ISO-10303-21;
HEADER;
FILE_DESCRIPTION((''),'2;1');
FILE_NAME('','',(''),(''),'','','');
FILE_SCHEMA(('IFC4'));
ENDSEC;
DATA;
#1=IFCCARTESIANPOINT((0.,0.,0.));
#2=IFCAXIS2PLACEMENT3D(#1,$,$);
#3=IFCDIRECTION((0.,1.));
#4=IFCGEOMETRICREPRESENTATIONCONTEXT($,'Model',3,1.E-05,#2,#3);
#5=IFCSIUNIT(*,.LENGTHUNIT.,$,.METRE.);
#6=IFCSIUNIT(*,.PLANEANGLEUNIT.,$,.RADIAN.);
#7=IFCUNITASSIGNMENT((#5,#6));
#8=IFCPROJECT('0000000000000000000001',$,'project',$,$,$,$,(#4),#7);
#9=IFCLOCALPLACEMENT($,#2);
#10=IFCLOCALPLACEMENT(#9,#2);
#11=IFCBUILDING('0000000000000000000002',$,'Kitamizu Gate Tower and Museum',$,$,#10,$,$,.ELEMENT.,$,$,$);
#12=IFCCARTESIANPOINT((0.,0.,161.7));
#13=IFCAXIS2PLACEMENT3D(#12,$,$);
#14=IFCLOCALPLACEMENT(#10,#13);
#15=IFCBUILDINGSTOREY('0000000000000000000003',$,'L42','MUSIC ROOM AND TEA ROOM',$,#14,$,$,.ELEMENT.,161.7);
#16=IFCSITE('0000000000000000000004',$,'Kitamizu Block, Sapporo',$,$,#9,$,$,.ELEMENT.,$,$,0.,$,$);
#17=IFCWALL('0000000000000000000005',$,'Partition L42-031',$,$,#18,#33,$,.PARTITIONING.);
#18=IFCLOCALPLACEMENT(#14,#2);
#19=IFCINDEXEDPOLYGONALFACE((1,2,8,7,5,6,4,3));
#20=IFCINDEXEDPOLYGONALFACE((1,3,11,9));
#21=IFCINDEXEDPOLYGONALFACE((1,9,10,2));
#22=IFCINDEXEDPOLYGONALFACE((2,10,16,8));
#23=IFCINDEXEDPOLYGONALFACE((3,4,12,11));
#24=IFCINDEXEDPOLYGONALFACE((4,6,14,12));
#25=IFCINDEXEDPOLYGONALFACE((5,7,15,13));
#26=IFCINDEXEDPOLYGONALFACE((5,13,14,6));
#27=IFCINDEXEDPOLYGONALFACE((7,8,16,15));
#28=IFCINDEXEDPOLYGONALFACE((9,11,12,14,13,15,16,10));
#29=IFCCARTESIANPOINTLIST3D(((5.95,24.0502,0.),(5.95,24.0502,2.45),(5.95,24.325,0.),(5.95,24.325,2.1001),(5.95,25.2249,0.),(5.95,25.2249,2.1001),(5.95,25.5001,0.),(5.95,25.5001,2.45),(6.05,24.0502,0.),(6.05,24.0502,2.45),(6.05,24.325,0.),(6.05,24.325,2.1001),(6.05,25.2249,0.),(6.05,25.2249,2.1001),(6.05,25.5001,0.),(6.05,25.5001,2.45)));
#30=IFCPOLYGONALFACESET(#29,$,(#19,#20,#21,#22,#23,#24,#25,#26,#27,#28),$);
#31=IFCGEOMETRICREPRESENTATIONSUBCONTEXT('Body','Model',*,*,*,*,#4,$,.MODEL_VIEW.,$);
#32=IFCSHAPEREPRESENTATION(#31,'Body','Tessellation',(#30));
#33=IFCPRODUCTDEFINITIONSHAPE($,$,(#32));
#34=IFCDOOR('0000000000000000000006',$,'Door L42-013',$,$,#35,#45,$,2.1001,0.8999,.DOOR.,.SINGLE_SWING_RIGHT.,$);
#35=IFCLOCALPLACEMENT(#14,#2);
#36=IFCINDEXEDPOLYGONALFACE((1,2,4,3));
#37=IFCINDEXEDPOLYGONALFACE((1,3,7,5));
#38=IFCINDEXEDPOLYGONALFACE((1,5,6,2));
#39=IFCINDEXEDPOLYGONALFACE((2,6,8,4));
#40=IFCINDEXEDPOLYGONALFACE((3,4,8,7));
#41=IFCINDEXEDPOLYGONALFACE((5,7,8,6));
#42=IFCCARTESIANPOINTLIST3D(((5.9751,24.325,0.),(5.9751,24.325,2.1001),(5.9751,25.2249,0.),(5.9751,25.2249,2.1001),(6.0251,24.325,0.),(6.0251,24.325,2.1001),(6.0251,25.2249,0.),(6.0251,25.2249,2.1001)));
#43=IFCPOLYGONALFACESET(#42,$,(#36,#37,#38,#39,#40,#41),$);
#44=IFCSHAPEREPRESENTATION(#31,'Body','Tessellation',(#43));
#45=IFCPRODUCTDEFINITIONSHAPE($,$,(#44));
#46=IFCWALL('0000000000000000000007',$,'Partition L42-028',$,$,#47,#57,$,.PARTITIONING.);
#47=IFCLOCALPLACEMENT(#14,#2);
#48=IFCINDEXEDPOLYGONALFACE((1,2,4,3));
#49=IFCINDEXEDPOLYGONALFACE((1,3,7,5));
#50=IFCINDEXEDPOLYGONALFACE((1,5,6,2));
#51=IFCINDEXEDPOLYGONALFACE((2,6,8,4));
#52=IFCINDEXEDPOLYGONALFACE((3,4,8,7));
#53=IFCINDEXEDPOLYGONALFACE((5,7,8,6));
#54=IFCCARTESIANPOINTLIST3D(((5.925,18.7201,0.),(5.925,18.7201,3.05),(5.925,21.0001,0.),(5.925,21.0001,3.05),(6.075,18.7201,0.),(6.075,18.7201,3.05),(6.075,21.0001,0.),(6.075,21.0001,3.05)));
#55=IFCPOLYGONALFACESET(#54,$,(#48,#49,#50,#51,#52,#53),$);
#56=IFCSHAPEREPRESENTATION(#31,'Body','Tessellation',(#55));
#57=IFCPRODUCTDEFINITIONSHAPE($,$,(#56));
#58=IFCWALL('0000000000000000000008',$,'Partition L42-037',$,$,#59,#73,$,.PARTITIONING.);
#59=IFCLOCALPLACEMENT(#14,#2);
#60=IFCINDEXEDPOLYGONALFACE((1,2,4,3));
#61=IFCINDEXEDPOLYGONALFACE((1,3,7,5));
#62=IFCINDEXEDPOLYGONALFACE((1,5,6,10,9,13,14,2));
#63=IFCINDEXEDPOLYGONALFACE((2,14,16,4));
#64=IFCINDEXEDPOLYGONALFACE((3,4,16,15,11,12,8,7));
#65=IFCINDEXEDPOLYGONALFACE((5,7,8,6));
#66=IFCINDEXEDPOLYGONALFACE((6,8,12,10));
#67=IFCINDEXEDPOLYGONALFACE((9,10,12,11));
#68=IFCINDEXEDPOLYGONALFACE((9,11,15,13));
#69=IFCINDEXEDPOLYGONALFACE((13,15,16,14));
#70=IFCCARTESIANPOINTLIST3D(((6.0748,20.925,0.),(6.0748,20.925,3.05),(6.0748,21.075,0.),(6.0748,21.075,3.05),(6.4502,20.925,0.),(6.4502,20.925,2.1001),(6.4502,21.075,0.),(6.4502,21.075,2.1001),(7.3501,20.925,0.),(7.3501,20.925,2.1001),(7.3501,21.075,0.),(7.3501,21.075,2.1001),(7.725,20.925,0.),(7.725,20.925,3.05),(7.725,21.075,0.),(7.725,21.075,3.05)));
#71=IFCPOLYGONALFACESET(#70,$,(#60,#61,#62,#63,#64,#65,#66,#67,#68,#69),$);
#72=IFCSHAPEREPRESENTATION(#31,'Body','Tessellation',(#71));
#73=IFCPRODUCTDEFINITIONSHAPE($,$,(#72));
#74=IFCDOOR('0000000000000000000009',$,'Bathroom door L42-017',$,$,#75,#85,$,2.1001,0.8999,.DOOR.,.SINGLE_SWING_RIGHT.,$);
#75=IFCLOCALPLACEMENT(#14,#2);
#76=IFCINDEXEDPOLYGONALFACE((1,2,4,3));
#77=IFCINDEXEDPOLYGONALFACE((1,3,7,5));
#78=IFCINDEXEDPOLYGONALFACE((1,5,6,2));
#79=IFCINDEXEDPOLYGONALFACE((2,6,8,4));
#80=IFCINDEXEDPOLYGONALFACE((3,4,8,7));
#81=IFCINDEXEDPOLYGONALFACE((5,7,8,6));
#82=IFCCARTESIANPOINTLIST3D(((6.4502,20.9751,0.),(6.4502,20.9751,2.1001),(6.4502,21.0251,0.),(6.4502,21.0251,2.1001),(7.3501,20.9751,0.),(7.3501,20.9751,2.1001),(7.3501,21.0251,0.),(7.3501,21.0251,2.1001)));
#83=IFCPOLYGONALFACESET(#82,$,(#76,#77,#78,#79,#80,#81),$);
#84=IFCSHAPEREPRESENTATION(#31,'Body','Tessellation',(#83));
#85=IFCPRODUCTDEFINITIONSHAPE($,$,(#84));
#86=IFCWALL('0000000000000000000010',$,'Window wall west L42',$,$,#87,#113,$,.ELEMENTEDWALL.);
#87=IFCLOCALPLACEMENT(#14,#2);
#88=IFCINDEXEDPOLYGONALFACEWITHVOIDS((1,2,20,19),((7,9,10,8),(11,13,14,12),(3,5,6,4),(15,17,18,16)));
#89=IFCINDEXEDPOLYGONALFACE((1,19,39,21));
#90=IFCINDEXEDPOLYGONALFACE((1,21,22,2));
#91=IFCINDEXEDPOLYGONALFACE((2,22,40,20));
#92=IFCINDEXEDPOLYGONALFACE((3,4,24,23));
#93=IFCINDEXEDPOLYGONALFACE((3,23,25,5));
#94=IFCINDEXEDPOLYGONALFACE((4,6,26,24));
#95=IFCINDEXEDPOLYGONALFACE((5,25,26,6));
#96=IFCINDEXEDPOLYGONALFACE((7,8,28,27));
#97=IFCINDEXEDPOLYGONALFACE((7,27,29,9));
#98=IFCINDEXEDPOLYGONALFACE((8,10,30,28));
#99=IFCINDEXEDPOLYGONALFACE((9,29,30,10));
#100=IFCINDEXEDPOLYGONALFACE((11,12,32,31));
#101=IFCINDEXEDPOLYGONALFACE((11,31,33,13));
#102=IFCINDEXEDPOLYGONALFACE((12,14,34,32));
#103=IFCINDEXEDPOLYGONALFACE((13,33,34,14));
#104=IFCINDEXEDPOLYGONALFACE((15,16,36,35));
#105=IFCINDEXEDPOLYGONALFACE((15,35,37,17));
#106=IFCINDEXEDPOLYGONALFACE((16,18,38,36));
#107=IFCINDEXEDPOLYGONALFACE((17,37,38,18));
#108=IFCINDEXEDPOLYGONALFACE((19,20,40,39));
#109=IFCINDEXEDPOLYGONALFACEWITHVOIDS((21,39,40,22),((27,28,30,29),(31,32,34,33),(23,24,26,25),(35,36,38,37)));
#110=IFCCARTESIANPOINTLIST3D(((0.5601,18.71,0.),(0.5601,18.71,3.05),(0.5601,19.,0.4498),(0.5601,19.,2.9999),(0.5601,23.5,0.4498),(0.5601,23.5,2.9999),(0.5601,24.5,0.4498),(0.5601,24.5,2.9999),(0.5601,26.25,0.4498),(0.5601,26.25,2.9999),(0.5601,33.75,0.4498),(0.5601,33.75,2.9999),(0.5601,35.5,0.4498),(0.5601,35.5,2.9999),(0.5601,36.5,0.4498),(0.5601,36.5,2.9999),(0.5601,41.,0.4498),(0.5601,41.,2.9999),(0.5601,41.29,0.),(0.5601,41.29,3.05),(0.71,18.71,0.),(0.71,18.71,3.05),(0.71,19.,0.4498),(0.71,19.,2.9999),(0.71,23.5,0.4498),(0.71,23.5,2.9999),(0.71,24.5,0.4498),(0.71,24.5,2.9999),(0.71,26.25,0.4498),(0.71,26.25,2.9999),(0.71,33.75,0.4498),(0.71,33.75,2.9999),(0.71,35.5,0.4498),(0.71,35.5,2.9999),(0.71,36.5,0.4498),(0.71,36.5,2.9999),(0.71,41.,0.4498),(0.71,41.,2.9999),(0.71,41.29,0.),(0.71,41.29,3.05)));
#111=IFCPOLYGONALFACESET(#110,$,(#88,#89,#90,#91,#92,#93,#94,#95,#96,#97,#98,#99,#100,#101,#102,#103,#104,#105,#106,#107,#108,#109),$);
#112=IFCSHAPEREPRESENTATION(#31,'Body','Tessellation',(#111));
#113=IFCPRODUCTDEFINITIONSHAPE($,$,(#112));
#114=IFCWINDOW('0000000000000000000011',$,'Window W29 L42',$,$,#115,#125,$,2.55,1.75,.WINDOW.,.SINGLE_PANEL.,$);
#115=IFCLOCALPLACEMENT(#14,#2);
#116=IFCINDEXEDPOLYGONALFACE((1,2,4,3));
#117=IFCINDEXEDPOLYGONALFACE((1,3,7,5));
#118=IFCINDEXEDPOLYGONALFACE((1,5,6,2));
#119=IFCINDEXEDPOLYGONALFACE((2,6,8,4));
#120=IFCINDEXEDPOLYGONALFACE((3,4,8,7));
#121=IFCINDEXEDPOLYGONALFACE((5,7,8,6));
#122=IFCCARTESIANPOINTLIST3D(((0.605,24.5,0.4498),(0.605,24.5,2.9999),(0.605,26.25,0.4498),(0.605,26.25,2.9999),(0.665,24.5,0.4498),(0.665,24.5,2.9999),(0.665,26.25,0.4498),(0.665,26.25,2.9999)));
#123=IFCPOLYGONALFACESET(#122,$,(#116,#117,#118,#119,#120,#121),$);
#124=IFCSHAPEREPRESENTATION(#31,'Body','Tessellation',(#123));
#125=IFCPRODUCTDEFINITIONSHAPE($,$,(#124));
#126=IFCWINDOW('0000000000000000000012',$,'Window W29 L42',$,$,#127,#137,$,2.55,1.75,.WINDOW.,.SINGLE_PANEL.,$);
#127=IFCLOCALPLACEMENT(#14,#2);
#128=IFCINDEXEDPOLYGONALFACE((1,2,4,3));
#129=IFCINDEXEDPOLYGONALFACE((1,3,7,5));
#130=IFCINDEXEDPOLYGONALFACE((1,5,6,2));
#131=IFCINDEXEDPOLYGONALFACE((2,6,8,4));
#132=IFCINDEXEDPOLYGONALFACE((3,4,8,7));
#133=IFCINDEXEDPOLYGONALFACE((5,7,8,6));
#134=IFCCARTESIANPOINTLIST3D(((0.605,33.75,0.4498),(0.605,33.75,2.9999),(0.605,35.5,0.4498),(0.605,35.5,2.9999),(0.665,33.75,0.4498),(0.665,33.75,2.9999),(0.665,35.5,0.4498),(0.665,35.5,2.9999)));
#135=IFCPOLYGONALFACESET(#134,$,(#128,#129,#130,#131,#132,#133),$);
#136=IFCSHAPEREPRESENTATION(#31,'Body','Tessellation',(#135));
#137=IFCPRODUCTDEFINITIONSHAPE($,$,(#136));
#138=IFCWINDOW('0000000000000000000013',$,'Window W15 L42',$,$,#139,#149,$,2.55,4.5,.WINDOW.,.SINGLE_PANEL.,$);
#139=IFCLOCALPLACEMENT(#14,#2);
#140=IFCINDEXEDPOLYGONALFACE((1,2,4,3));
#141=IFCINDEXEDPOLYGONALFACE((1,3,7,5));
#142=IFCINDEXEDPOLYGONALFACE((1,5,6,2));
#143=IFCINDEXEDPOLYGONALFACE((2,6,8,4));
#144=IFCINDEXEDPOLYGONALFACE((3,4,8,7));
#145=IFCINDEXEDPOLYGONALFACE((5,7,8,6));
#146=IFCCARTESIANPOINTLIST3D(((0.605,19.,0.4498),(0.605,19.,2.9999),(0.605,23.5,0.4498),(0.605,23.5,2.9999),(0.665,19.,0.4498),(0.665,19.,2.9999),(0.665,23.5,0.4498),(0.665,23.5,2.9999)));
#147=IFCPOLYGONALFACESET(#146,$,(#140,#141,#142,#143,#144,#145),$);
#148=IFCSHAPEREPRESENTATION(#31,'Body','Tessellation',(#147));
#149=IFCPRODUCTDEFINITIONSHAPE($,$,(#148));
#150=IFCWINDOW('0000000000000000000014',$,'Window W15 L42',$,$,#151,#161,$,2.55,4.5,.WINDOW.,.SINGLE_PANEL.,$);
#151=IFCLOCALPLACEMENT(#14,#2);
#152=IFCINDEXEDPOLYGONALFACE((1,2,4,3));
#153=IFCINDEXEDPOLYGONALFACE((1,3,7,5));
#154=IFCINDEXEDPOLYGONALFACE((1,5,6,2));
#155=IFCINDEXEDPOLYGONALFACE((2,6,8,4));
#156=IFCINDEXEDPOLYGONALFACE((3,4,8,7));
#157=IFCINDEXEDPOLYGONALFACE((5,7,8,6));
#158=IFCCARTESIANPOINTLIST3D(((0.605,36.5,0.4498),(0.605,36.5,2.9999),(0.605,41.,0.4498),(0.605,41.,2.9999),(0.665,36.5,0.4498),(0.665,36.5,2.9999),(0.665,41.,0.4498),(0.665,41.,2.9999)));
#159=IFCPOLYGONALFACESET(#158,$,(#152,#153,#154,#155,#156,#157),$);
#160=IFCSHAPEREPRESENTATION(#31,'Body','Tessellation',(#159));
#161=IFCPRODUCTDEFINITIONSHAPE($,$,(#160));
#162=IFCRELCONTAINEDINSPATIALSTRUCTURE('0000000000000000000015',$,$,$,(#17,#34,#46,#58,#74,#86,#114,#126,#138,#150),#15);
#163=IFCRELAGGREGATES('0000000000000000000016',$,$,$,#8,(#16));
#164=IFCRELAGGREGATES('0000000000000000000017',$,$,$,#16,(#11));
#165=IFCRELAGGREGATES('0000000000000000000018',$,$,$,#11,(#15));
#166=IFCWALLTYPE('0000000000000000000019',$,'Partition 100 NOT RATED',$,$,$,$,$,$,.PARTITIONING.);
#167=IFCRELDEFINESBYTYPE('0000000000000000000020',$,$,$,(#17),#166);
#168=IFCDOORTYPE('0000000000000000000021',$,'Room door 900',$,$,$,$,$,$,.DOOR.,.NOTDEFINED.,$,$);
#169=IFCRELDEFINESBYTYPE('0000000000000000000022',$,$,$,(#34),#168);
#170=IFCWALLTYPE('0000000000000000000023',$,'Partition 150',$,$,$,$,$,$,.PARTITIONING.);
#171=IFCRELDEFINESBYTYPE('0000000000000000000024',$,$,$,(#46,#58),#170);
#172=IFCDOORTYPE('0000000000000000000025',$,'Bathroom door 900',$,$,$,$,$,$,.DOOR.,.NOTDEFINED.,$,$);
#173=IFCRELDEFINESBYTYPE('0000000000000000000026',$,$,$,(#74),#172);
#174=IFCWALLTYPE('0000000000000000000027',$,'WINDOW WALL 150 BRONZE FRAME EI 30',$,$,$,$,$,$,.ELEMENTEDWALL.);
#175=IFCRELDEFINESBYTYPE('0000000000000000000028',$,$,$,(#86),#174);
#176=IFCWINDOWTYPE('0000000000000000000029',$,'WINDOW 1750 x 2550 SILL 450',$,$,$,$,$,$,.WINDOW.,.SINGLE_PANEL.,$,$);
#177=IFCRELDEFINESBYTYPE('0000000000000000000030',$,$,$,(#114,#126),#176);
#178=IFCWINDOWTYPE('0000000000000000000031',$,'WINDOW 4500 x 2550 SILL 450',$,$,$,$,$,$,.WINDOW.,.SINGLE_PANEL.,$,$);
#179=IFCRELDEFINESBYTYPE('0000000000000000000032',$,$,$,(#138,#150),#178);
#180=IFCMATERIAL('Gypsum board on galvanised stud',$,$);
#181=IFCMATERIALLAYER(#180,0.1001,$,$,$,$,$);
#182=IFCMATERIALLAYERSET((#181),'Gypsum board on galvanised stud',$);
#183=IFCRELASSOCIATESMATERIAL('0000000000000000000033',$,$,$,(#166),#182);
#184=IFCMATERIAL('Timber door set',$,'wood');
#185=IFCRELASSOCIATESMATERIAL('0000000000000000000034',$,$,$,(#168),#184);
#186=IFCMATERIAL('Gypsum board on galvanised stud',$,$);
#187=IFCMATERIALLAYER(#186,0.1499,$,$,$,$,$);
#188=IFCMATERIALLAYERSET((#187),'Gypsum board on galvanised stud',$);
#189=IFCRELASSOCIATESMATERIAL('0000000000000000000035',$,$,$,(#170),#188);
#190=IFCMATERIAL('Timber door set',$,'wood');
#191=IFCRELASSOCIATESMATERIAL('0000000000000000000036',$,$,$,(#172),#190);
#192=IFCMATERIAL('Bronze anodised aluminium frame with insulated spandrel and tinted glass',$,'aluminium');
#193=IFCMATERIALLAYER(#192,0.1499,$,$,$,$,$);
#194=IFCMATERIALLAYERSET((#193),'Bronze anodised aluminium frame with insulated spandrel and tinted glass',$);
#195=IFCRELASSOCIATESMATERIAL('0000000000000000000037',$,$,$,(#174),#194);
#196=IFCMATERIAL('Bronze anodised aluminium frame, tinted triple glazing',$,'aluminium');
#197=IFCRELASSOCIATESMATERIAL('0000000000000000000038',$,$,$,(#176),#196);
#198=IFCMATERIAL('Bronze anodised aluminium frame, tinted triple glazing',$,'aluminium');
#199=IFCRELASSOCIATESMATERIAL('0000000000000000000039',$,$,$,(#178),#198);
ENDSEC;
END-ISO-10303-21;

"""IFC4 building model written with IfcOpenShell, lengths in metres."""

from ifc_helpers import new_model, si_unit, direction, frame, frame_2d, origin, place, context, subcontext, project, spatial, rectangle, extrude, material, layer, layer_set, type_object, element, fill, save


model = new_model("IFC4")

# Units and contexts
model_context = context("Model", 3, precision=1e-05, world=origin(), true_north=direction((0.0, 1.0)))
body_context = subcontext(model_context, "Body", "Model", "MODEL_VIEW")
ifc_project = project(units=[si_unit("LENGTHUNIT", "METRE"), si_unit("PLANEANGLEUNIT", "RADIAN")], contexts=[model_context])

# Site, building, storey
site_placement = place(None, origin())
site = spatial("IfcSite", under=ifc_project, at=site_placement, Name="Kitamizu Block, Sapporo", CompositionType="ELEMENT", RefElevation=0.0)
building_placement = place(site_placement, origin())
building = spatial("IfcBuilding", under=site, at=building_placement, Name="Kitamizu Gate Tower and Museum", CompositionType="ELEMENT")
storey_placement = place(building_placement, frame((0.0, 0.0, 161.7)))
storey = spatial("IfcBuildingStorey", under=building, at=storey_placement, Name="L42", Description="MUSIC ROOM AND TEA ROOM", CompositionType="ELEMENT", Elevation=161.7)

# Shared definitions
ifc_material_1 = material(Name="Gypsum board on galvanised stud")
ifc_layer_1 = layer(ifc_material_1, 0.1001)
ifc_layer_set_1 = layer_set([ifc_layer_1], Name="Gypsum board on galvanised stud")
wall_type_1 = type_object("IfcWallType", Name="Partition 100 NOT RATED", PredefinedType="PARTITIONING", material=ifc_layer_set_1)
ifc_material_2 = material(Name="Timber door set", Category="wood")
door_type_1 = type_object("IfcDoorType", Name="Room door 900", OperationType="NOTDEFINED", PredefinedType="DOOR", material=ifc_material_2)

# Wall, opening, door
wall_1_placement = place(storey_placement, frame((6.0, 24.05, 0.0), z_axis=(0.0, 0.0, 1.0), x_axis=(0.0, 1.0, 0.0)))
wall_1 = element("IfcWall", 1, at=wall_1_placement, inside=storey, type_object=wall_type_1, Name="Partition L42-031", PredefinedType="PARTITIONING", context=body_context, shape_type="SweptSolid", body=[
    extrude(rectangle(XDim=1.45, YDim=0.1001, at=frame_2d((0.7251, 0.0))), origin(), (0.0, 0.0, 1.0), 2.45),
])
opening_1_placement = place(wall_1_placement, frame((0.2749, 0.0, 0.0)))
opening_1 = element("IfcOpeningElement", 2, at=opening_1_placement, cuts=wall_1, PredefinedType="OPENING", context=body_context, shape_type="SweptSolid", body=[
    extrude(rectangle(XDim=0.8999, YDim=2.1001, at=frame_2d((0.45, 1.05))), frame((0.0, 0.0601, 0.0), z_axis=(0.0, -1.0, 0.0), x_axis=(1.0, 0.0, 0.0)), (0.0, 0.0, 1.0), 0.1201),
])
door_1_placement = place(opening_1_placement, origin())
door_1 = element("IfcDoor", 3, at=door_1_placement, inside=storey, type_object=door_type_1, Name="Door L42-013", OperationType="SINGLE_SWING_RIGHT", OverallHeight=2.1001, OverallWidth=0.8999, PredefinedType="DOOR", context=body_context, shape_type="SweptSolid", body=[
    extrude(rectangle(XDim=0.8999, YDim=2.1001, at=frame_2d((0.45, 1.05))), frame((0.0, 0.0249, 0.0), z_axis=(0.0, -1.0, 0.0), x_axis=(1.0, 0.0, 0.0)), (0.0, 0.0, 1.0), 0.05),
])
fill(opening_1, door_1)

# Wall
ifc_material_3 = material(Name="Gypsum board on galvanised stud")
ifc_layer_2 = layer(ifc_material_3, 0.1499)
ifc_layer_set_2 = layer_set([ifc_layer_2], Name="Gypsum board on galvanised stud")
wall_type_2 = type_object("IfcWallType", Name="Partition 150", PredefinedType="PARTITIONING", material=ifc_layer_set_2)
wall_2_placement = place(storey_placement, frame((6.0, 18.72, 0.0), z_axis=(0.0, 0.0, 1.0), x_axis=(0.0, 1.0, 0.0)))
element("IfcWall", 4, at=wall_2_placement, inside=storey, type_object=wall_type_2, Name="Partition L42-028", PredefinedType="PARTITIONING", context=body_context, shape_type="SweptSolid", body=[
    extrude(rectangle(XDim=2.28, YDim=0.1499, at=frame_2d((1.1401, 0.0))), origin(), (0.0, 0.0, 1.0), 3.05),
])

# Wall, opening, door
wall_3_placement = place(storey_placement, frame((7.7251, 21.0, 0.0), z_axis=(0.0, 0.0, 1.0), x_axis=(-1.0, 0.0, 0.0)))
wall_3 = element("IfcWall", 5, at=wall_3_placement, inside=storey, type_object=wall_type_2, Name="Partition L42-037", PredefinedType="PARTITIONING", context=body_context, shape_type="SweptSolid", body=[
    extrude(rectangle(XDim=1.6501, YDim=0.1499, at=frame_2d((0.8252, 0.0))), origin(), (0.0, 0.0, 1.0), 3.05),
])
opening_2_placement = place(wall_3_placement, frame((0.375, 0.0, 0.0)))
opening_2 = element("IfcOpeningElement", 6, at=opening_2_placement, cuts=wall_3, PredefinedType="OPENING", context=body_context, shape_type="SweptSolid", body=[
    extrude(rectangle(XDim=0.8999, YDim=2.1001, at=frame_2d((0.45, 1.05))), frame((0.0, 0.085, 0.0), z_axis=(0.0, -1.0, 0.0), x_axis=(1.0, 0.0, 0.0)), (0.0, 0.0, 1.0), 0.1699),
])
ifc_material_4 = material(Name="Timber door set", Category="wood")
door_type_2 = type_object("IfcDoorType", Name="Bathroom door 900", OperationType="NOTDEFINED", PredefinedType="DOOR", material=ifc_material_4)
door_2_placement = place(opening_2_placement, origin())
door_2 = element("IfcDoor", 7, at=door_2_placement, inside=storey, type_object=door_type_2, Name="Bathroom door L42-017", OperationType="SINGLE_SWING_RIGHT", OverallHeight=2.1001, OverallWidth=0.8999, PredefinedType="DOOR", context=body_context, shape_type="SweptSolid", body=[
    extrude(rectangle(XDim=0.8999, YDim=2.1001, at=frame_2d((0.45, 1.05))), frame((0.0, 0.0249, 0.0), z_axis=(0.0, -1.0, 0.0), x_axis=(1.0, 0.0, 0.0)), (0.0, 0.0, 1.0), 0.05),
])
fill(opening_2, door_2)

# Wall, openings, windows
ifc_material_5 = material(Name="Bronze anodised aluminium frame with insulated spandrel and tinted glass", Category="aluminium")
ifc_layer_3 = layer(ifc_material_5, 0.1499)
ifc_layer_set_3 = layer_set([ifc_layer_3], Name="Bronze anodised aluminium frame with insulated spandrel and tinted glass")
wall_type_3 = type_object("IfcWallType", Name="WINDOW WALL 150 BRONZE FRAME EI 30", PredefinedType="ELEMENTEDWALL", material=ifc_layer_set_3)
wall_4_placement = place(storey_placement, frame((0.635, 18.71, 0.0), z_axis=(0.0, 0.0, 1.0), x_axis=(0.0, 1.0, 0.0)))
wall_4 = element("IfcWall", 8, at=wall_4_placement, inside=storey, type_object=wall_type_3, Name="Window wall west L42", PredefinedType="ELEMENTEDWALL", context=body_context, shape_type="SweptSolid", body=[
    extrude(rectangle(XDim=22.5801, YDim=0.1499, at=frame_2d((11.29, 0.0))), origin(), (0.0, 0.0, 1.0), 3.05),
])
opening_3_placement = place(wall_4_placement, frame((0.29, 0.0, 0.45)))
opening_3 = element("IfcOpeningElement", 9, at=opening_3_placement, cuts=wall_4, PredefinedType="OPENING", context=body_context, shape_type="SweptSolid", body=[
    extrude(rectangle(XDim=4.5, YDim=2.55, at=frame_2d((2.25, 1.2749))), frame((0.0, 0.085, 0.0), z_axis=(0.0, -1.0, 0.0), x_axis=(1.0, 0.0, 0.0)), (0.0, 0.0, 1.0), 0.1699),
])
opening_4_placement = place(wall_4_placement, frame((5.79, 0.0, 0.45)))
opening_4 = element("IfcOpeningElement", 10, at=opening_4_placement, cuts=wall_4, PredefinedType="OPENING", context=body_context, shape_type="SweptSolid", body=[
    extrude(rectangle(XDim=1.75, YDim=2.55, at=frame_2d((0.875, 1.2749))), frame((0.0, 0.085, 0.0), z_axis=(0.0, -1.0, 0.0), x_axis=(1.0, 0.0, 0.0)), (0.0, 0.0, 1.0), 0.1699),
])
opening_5_placement = place(wall_4_placement, frame((15.04, 0.0, 0.45)))
opening_5 = element("IfcOpeningElement", 11, at=opening_5_placement, cuts=wall_4, PredefinedType="OPENING", context=body_context, shape_type="SweptSolid", body=[
    extrude(rectangle(XDim=1.75, YDim=2.55, at=frame_2d((0.875, 1.2749))), frame((0.0, 0.085, 0.0), z_axis=(0.0, -1.0, 0.0), x_axis=(1.0, 0.0, 0.0)), (0.0, 0.0, 1.0), 0.1699),
])
opening_6_placement = place(wall_4_placement, frame((17.79, 0.0, 0.45)))
opening_6 = element("IfcOpeningElement", 12, at=opening_6_placement, cuts=wall_4, PredefinedType="OPENING", context=body_context, shape_type="SweptSolid", body=[
    extrude(rectangle(XDim=4.5, YDim=2.55, at=frame_2d((2.25, 1.2749))), frame((0.0, 0.085, 0.0), z_axis=(0.0, -1.0, 0.0), x_axis=(1.0, 0.0, 0.0)), (0.0, 0.0, 1.0), 0.1699),
])
ifc_material_6 = material(Name="Bronze anodised aluminium frame, tinted triple glazing", Category="aluminium")
window_type_1 = type_object("IfcWindowType", Name="WINDOW 1750 x 2550 SILL 450", PartitioningType="SINGLE_PANEL", PredefinedType="WINDOW", material=ifc_material_6)
window_1_placement = place(opening_4_placement, origin())
window_1 = element("IfcWindow", 13, at=window_1_placement, inside=storey, type_object=window_type_1, Name="Window W29 L42", OverallHeight=2.55, OverallWidth=1.75, PartitioningType="SINGLE_PANEL", PredefinedType="WINDOW", context=body_context, shape_type="SweptSolid", body=[
    extrude(rectangle(XDim=1.75, YDim=2.55, at=frame_2d((0.875, 1.2749))), frame((0.0, 0.03, 0.0), z_axis=(0.0, -1.0, 0.0), x_axis=(1.0, 0.0, 0.0)), (0.0, 0.0, 1.0), 0.0601),
])
fill(opening_4, window_1)
window_2_placement = place(opening_5_placement, origin())
window_2 = element("IfcWindow", 14, at=window_2_placement, inside=storey, type_object=window_type_1, Name="Window W29 L42", OverallHeight=2.55, OverallWidth=1.75, PartitioningType="SINGLE_PANEL", PredefinedType="WINDOW", context=body_context, shape_type="SweptSolid", body=[
    extrude(rectangle(XDim=1.75, YDim=2.55, at=frame_2d((0.875, 1.2749))), frame((0.0, 0.03, 0.0), z_axis=(0.0, -1.0, 0.0), x_axis=(1.0, 0.0, 0.0)), (0.0, 0.0, 1.0), 0.0601),
])
fill(opening_5, window_2)
ifc_material_7 = material(Name="Bronze anodised aluminium frame, tinted triple glazing", Category="aluminium")
window_type_2 = type_object("IfcWindowType", Name="WINDOW 4500 x 2550 SILL 450", PartitioningType="SINGLE_PANEL", PredefinedType="WINDOW", material=ifc_material_7)
window_3_placement = place(opening_3_placement, origin())
window_3 = element("IfcWindow", 15, at=window_3_placement, inside=storey, type_object=window_type_2, Name="Window W15 L42", OverallHeight=2.55, OverallWidth=4.5, PartitioningType="SINGLE_PANEL", PredefinedType="WINDOW", context=body_context, shape_type="SweptSolid", body=[
    extrude(rectangle(XDim=4.5, YDim=2.55, at=frame_2d((2.25, 1.2749))), frame((0.0, 0.03, 0.0), z_axis=(0.0, -1.0, 0.0), x_axis=(1.0, 0.0, 0.0)), (0.0, 0.0, 1.0), 0.0601),
])
fill(opening_3, window_3)
window_4_placement = place(opening_6_placement, origin())
window_4 = element("IfcWindow", 16, at=window_4_placement, inside=storey, type_object=window_type_2, Name="Window W15 L42", OverallHeight=2.55, OverallWidth=4.5, PartitioningType="SINGLE_PANEL", PredefinedType="WINDOW", context=body_context, shape_type="SweptSolid", body=[
    extrude(rectangle(XDim=4.5, YDim=2.55, at=frame_2d((2.25, 1.2749))), frame((0.0, 0.03, 0.0), z_axis=(0.0, -1.0, 0.0), x_axis=(1.0, 0.0, 0.0)), (0.0, 0.0, 1.0), 0.0601),
])
fill(opening_6, window_4)

save(model, "model.ifc")
